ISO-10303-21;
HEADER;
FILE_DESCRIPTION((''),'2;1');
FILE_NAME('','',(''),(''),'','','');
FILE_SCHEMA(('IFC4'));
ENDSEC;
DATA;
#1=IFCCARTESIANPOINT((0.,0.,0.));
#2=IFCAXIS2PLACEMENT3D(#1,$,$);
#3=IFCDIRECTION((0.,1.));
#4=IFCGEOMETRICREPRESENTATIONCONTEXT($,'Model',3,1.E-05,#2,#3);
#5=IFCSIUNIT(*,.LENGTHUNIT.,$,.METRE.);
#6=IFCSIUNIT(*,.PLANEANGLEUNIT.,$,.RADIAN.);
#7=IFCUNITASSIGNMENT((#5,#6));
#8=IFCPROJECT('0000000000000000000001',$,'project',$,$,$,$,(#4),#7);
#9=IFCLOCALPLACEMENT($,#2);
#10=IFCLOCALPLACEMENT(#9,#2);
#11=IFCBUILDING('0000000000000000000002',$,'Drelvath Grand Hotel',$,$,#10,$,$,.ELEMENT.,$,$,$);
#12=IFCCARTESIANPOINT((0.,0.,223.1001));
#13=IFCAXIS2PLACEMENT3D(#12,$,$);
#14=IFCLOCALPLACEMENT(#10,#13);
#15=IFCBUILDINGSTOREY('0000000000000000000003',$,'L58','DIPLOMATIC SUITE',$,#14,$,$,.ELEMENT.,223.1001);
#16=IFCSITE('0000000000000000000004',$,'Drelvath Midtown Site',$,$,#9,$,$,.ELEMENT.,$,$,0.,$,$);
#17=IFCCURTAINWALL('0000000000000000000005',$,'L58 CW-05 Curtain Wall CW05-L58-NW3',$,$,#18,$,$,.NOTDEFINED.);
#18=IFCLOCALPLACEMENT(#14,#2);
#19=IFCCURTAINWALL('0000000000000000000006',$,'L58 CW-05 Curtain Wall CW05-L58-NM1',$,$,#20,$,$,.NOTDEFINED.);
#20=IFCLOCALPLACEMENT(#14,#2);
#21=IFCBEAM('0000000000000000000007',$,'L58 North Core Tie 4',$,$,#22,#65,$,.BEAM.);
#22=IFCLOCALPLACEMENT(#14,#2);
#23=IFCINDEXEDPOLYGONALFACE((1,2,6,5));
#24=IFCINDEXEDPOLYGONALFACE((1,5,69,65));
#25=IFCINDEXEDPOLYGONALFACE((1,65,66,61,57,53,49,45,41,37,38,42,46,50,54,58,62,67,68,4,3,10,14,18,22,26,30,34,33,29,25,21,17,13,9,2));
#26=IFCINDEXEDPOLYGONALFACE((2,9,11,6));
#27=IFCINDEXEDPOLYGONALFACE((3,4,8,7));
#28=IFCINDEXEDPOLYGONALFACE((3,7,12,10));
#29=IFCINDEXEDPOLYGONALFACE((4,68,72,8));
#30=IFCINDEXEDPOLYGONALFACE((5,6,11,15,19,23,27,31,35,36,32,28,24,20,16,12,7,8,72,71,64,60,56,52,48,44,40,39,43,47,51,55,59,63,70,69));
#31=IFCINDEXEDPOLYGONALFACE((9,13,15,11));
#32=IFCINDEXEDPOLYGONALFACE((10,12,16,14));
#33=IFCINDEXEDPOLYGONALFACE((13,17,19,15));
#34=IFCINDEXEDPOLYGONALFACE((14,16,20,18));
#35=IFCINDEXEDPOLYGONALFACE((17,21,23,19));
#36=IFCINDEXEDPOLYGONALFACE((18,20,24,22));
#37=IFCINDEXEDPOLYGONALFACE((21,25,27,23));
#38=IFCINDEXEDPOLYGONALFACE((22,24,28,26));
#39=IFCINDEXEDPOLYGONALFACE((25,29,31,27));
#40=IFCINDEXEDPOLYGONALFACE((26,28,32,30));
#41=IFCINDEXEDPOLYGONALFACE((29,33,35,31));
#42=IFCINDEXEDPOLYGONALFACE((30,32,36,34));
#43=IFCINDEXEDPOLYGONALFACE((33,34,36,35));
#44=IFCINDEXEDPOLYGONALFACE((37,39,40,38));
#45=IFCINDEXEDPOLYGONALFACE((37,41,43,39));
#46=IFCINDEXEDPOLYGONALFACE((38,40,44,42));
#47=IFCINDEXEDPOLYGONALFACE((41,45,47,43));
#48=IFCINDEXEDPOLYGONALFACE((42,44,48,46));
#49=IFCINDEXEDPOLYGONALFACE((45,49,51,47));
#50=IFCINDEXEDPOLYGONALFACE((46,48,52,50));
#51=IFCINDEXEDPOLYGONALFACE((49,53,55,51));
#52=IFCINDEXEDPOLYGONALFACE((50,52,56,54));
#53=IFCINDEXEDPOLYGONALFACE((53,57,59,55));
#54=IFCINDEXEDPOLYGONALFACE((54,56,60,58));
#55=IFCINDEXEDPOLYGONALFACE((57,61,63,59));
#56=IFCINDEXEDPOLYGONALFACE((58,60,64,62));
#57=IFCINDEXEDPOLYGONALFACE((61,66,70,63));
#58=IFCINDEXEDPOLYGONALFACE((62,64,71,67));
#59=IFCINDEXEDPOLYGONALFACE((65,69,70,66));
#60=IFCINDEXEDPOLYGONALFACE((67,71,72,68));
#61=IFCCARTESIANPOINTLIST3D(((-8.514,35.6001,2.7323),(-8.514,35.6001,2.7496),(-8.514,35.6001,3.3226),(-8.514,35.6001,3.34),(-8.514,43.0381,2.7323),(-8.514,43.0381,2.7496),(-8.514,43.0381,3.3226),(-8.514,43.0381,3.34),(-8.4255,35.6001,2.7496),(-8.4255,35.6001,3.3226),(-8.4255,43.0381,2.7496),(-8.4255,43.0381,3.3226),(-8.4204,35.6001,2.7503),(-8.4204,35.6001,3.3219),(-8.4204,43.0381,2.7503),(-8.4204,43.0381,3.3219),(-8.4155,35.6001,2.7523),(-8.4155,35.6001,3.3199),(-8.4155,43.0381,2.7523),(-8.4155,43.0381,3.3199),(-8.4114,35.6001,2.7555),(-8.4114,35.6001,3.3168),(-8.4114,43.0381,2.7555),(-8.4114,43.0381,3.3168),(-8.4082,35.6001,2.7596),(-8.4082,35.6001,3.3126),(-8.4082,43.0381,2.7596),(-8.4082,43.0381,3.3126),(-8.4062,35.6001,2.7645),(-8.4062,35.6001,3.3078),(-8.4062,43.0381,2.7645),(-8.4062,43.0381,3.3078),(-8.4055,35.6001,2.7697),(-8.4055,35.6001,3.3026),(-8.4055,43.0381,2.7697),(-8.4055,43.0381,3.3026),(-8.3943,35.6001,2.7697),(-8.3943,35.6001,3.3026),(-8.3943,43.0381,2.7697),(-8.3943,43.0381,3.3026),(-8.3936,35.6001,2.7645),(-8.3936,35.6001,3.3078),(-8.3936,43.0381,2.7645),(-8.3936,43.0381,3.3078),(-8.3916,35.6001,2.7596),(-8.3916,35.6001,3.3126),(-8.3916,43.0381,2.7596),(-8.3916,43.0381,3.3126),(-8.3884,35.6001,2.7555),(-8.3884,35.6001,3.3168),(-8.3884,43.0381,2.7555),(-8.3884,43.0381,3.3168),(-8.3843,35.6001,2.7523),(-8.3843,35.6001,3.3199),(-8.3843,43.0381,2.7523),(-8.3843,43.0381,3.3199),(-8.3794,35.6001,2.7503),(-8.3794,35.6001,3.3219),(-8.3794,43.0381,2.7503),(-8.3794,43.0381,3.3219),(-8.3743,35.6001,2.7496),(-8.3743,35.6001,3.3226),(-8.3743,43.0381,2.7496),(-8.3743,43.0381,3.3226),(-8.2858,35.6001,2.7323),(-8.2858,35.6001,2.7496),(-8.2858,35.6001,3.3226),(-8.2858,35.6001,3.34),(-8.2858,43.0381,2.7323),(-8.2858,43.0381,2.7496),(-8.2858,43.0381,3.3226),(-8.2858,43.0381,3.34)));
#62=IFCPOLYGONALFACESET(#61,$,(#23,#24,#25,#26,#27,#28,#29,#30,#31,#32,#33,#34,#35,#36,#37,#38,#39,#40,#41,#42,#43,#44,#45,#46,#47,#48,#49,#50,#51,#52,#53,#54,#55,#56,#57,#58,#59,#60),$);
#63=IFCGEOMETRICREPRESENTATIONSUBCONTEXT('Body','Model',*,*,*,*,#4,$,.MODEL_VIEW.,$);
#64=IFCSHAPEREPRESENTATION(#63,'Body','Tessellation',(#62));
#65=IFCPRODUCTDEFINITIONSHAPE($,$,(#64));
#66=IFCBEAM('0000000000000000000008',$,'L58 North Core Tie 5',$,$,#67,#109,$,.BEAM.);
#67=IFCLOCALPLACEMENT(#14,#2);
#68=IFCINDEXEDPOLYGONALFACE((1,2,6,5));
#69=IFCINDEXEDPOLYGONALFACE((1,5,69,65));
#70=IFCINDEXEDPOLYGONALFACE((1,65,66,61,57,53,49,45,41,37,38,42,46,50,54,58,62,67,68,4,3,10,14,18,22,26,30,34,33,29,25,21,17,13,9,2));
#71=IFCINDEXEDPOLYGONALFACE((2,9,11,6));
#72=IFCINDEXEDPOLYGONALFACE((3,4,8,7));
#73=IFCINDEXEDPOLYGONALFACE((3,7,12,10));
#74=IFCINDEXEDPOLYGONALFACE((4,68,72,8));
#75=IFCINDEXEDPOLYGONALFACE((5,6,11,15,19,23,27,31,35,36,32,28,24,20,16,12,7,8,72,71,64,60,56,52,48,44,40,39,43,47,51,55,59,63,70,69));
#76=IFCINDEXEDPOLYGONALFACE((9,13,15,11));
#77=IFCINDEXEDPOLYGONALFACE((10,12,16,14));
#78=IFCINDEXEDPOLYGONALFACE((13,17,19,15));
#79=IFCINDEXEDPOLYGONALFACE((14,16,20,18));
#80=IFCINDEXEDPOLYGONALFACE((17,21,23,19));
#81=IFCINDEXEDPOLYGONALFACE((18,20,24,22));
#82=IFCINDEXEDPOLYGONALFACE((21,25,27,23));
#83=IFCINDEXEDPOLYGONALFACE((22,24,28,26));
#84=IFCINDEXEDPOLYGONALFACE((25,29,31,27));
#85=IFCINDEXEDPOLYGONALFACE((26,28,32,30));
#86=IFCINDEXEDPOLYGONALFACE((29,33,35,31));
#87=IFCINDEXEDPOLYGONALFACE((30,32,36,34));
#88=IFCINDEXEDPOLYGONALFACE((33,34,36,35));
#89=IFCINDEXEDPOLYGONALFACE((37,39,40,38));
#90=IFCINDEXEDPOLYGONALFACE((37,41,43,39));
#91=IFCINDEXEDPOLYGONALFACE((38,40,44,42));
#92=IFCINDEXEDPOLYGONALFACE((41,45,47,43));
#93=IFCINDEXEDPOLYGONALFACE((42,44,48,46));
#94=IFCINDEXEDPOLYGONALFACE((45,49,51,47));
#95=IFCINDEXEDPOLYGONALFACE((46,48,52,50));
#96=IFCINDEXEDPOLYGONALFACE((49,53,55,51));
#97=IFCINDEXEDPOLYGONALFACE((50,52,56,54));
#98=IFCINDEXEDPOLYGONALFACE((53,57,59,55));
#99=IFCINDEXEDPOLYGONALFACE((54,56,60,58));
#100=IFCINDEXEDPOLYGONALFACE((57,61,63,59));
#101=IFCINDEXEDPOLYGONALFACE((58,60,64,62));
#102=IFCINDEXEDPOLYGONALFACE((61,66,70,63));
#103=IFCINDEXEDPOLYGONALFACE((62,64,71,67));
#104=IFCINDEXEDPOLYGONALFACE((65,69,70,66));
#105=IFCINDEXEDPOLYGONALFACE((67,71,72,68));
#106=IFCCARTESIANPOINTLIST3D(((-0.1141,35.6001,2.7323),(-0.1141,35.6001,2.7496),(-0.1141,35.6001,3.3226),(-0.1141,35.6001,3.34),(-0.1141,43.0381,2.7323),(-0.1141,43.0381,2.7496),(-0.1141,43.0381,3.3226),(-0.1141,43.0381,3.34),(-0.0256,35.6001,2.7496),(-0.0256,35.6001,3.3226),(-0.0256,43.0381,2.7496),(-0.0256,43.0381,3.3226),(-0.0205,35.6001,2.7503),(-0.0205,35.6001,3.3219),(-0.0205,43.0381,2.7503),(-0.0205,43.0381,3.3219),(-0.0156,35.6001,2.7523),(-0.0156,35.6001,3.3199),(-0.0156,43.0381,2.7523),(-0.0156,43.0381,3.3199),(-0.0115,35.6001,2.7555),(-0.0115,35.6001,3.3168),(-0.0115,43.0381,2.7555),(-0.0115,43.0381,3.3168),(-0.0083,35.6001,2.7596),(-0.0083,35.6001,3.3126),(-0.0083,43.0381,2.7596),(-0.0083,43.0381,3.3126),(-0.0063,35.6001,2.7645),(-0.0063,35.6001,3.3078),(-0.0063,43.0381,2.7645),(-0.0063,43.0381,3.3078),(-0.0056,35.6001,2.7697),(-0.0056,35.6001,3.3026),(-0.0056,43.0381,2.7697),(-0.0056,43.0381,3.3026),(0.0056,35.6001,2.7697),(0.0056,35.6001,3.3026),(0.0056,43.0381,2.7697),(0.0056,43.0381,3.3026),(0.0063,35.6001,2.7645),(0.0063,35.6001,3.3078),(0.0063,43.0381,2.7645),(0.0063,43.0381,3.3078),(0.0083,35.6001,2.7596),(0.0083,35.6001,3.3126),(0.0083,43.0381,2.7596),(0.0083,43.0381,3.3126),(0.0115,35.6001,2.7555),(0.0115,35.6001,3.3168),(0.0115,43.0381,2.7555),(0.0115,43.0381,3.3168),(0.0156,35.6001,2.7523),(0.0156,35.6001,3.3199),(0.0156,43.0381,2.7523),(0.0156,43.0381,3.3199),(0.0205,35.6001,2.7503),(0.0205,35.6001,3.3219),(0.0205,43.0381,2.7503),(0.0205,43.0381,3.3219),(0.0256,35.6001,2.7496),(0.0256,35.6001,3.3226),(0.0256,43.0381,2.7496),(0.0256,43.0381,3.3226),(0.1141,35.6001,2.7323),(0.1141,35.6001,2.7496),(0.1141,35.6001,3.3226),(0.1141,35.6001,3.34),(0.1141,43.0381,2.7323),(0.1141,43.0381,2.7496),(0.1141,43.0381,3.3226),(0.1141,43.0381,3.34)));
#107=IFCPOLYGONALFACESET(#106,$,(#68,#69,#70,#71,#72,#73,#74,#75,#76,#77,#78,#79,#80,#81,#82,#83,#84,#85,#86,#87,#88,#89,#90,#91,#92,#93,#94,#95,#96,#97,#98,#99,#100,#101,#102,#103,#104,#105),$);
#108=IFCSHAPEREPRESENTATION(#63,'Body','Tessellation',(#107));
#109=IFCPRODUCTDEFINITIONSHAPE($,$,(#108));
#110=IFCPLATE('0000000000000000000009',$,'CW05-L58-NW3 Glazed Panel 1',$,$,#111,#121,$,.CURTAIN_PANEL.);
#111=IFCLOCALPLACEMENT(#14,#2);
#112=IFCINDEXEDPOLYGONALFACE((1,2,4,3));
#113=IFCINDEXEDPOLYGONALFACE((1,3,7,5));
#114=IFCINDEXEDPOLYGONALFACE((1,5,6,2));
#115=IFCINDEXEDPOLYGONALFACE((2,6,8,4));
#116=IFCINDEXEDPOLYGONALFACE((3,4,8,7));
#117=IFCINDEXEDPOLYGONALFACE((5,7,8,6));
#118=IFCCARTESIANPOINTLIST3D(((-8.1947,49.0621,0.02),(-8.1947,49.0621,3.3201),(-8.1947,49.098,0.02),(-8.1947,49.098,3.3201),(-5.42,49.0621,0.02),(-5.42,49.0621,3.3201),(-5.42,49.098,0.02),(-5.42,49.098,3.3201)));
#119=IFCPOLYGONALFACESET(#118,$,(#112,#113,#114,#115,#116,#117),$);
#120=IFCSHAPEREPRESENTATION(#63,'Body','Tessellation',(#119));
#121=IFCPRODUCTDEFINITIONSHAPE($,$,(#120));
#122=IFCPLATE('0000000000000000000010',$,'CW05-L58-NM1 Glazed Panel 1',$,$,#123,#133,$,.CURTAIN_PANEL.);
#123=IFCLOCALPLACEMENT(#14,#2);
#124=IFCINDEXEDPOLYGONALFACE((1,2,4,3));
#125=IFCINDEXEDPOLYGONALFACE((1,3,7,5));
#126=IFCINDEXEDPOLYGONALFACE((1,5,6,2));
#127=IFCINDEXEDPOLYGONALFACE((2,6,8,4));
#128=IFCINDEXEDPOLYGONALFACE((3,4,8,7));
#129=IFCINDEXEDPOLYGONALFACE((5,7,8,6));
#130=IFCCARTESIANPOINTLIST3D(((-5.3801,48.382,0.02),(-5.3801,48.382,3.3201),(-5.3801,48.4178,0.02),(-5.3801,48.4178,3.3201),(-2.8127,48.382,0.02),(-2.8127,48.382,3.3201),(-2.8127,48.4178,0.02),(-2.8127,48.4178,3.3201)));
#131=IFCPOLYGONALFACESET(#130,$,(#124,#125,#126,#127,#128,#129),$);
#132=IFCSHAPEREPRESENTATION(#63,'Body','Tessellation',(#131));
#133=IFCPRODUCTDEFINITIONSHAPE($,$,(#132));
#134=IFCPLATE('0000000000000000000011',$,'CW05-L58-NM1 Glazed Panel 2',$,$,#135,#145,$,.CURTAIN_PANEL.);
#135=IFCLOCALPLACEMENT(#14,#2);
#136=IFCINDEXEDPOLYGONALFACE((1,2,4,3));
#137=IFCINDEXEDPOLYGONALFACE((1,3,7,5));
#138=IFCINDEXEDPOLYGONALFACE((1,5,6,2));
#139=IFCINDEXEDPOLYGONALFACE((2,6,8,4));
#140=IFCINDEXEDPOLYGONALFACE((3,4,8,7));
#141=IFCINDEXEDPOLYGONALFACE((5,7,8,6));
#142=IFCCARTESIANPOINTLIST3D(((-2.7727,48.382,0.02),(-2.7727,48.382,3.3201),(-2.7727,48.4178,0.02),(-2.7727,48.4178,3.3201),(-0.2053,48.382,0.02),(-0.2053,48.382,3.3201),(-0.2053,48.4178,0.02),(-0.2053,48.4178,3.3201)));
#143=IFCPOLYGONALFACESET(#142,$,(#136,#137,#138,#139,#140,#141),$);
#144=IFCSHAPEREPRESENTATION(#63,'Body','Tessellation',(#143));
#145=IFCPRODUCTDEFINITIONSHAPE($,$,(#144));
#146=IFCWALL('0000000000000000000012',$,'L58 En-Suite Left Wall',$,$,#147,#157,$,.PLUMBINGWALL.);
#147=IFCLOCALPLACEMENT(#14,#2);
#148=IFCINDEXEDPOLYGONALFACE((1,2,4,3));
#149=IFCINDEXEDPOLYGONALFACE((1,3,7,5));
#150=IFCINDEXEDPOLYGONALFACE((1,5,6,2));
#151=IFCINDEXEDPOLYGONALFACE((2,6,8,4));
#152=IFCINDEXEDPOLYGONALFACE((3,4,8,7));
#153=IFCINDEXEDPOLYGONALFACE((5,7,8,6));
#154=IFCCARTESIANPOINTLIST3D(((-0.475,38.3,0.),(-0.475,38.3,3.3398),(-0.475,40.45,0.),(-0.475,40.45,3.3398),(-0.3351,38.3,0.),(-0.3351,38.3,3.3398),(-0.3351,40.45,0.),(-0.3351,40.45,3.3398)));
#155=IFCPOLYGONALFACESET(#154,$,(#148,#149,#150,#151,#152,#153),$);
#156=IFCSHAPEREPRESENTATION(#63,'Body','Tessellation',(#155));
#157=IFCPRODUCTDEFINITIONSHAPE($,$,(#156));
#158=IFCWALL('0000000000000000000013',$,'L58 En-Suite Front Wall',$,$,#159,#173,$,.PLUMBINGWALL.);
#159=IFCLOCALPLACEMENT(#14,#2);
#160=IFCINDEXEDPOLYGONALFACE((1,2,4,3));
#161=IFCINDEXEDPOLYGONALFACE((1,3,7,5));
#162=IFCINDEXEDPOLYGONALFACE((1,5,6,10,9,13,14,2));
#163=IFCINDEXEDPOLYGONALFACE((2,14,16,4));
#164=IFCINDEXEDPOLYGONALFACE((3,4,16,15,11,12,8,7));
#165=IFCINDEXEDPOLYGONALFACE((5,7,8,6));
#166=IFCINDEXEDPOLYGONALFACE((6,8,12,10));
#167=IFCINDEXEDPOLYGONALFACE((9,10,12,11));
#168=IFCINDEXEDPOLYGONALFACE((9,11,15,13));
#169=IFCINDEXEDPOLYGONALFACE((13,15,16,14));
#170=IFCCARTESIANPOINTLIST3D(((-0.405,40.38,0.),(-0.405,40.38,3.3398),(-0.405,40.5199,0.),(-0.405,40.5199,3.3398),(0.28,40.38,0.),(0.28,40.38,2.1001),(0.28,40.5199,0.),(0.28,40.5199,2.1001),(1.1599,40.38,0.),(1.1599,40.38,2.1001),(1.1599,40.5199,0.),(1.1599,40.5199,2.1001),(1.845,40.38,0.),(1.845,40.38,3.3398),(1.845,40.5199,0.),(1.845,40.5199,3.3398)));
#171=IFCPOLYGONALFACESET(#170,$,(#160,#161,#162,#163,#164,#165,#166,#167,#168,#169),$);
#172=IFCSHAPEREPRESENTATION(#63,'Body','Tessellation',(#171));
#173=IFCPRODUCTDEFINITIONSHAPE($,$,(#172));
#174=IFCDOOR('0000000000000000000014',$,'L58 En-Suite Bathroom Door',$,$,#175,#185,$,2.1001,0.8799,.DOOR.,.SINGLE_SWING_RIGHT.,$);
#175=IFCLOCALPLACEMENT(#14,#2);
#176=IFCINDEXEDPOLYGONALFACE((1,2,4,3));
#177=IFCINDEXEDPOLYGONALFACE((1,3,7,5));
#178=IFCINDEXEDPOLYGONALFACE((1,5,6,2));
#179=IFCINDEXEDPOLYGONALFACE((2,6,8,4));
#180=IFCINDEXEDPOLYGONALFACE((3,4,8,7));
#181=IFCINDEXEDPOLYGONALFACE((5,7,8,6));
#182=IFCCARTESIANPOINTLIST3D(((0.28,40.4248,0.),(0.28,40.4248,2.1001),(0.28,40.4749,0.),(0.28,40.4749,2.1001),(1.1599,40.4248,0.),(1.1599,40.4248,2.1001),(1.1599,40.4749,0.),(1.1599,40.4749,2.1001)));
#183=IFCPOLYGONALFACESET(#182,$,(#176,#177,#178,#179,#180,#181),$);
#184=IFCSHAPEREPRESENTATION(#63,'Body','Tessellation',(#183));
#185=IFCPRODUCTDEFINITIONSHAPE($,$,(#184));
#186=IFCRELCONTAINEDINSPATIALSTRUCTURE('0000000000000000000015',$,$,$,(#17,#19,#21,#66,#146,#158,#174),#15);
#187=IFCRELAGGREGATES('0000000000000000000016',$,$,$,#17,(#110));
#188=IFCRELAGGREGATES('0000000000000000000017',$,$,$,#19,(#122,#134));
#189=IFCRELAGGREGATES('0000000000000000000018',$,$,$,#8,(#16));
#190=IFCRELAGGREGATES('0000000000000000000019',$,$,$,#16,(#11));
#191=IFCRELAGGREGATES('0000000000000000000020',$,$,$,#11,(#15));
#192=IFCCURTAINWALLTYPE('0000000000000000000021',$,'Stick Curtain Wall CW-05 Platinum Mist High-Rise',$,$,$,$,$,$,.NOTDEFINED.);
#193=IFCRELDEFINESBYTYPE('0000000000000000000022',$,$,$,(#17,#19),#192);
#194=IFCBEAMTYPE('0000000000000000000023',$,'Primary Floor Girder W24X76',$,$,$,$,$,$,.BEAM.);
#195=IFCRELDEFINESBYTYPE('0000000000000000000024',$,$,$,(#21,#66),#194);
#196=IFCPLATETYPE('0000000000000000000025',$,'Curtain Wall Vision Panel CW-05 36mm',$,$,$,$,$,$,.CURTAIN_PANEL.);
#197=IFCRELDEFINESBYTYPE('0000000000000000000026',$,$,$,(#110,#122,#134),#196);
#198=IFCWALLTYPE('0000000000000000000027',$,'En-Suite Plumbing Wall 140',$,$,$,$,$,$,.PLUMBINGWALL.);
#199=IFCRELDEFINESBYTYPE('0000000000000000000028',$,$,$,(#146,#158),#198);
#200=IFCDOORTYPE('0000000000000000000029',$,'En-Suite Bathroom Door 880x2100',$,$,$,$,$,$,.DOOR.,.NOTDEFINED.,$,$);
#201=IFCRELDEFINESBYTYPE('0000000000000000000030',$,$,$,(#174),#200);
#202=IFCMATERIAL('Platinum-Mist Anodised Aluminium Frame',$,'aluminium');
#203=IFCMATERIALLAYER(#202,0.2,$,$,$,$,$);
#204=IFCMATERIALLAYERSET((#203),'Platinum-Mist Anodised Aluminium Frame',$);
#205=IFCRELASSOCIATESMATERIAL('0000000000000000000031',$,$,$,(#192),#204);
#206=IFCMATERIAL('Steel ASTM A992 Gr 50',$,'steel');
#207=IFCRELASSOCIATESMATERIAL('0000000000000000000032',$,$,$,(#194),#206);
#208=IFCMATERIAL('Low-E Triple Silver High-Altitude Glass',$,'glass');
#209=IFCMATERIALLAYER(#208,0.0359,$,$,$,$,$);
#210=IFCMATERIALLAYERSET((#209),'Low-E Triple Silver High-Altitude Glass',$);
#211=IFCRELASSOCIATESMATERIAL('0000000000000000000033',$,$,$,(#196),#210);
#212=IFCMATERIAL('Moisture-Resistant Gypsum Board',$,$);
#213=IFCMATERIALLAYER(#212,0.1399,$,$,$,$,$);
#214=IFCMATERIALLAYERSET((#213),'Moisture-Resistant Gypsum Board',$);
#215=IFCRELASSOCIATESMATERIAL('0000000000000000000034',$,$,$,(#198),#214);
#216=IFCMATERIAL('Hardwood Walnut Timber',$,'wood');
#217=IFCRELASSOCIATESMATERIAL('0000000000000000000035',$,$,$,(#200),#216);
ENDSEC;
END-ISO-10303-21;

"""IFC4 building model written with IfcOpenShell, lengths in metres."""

from ifc_helpers import new_model, si_unit, direction, frame, frame_2d, origin, origin_2d, place, context, subcontext, project, spatial, rectangle, i_section, extrude, material, layer, layer_set, material_profile, profile_set, type_object, element, fill, aggregate, save


model = new_model("IFC4")

# Units and contexts
model_context = context("Model", 3, precision=1e-05, world=origin(), true_north=direction((0.0, 1.0)))
body_context = subcontext(model_context, "Body", "Model", "MODEL_VIEW")
ifc_project = project(units=[si_unit("LENGTHUNIT", "METRE"), si_unit("PLANEANGLEUNIT", "RADIAN")], contexts=[model_context])

# Site, building, storey
site_placement = place(None, origin())
site = spatial("IfcSite", under=ifc_project, at=site_placement, Name="Drelvath Midtown Site", CompositionType="ELEMENT", RefElevation=0.0)
building_placement = place(site_placement, origin())
building = spatial("IfcBuilding", under=site, at=building_placement, Name="Drelvath Grand Hotel", CompositionType="ELEMENT")
storey_placement = place(building_placement, frame((0.0, 0.0, 223.1001)))
storey = spatial("IfcBuildingStorey", under=building, at=storey_placement, Name="L58", Description="DIPLOMATIC SUITE", CompositionType="ELEMENT", Elevation=223.1001)

# Curtain walls
ifc_material_1 = material(Name="Platinum-Mist Anodised Aluminium Frame", Category="aluminium")
ifc_layer_1 = layer(ifc_material_1, 0.2)
ifc_layer_set_1 = layer_set([ifc_layer_1], Name="Platinum-Mist Anodised Aluminium Frame")
curtain_wall_type = type_object("IfcCurtainWallType", Name="Stick Curtain Wall CW-05 Platinum Mist High-Rise", PredefinedType="NOTDEFINED", material=ifc_layer_set_1)
curtain_wall_1_placement = place(storey_placement, origin())
curtain_wall_1 = element("IfcCurtainWall", 1, at=curtain_wall_1_placement, inside=storey, type_object=curtain_wall_type, Name="L58 CW-05 Curtain Wall CW05-L58-NW3", PredefinedType="NOTDEFINED")
curtain_wall_2_placement = place(storey_placement, origin())
curtain_wall_2 = element("IfcCurtainWall", 2, at=curtain_wall_2_placement, inside=storey, type_object=curtain_wall_type, Name="L58 CW-05 Curtain Wall CW05-L58-NM1", PredefinedType="NOTDEFINED")

# Beams
ifc_material_2 = material(Name="Steel ASTM A992 Gr 50", Category="steel")
ifc_material_profile_1 = material_profile(ifc_material_2, i_section(OverallWidth=0.2283, OverallDepth=0.6077, WebThickness=0.0112, FlangeThickness=0.0173, FilletRadius=0.02, at=origin_2d()), Name="W24X76")
ifc_profile_set_1 = profile_set([ifc_material_profile_1], Name="Steel ASTM A992 Gr 50")
beam_type_1 = type_object("IfcBeamType", Name="Primary Floor Girder W24X76", PredefinedType="BEAM", material=ifc_profile_set_1)
for number, where, z_axis, x_axis, name in (
    (3, (-8.3999, 35.6001, 3.0361), (0.0, 1.0, 0.0), (-1.0, 0.0, 0.0), "L58 North Core Tie 4"),
    (4, (0.0, 35.6001, 3.0361), (0.0, 1.0, 0.0), (-1.0, 0.0, 0.0), "L58 North Core Tie 5"),
):
    element("IfcBeam", number, at=place(storey_placement, frame(where, z_axis=z_axis, x_axis=x_axis)), inside=storey, type_object=beam_type_1, Name=name, PredefinedType="BEAM", context=body_context, shape_type="SweptSolid", body=[
        extrude(i_section(OverallWidth=0.2283, OverallDepth=0.6077, WebThickness=0.0112, FlangeThickness=0.0173, FilletRadius=0.02, at=origin_2d()), origin(), (0.0, 0.0, 1.0), 7.438),
    ])

# Plates
ifc_material_3 = material(Name="Low-E Triple Silver High-Altitude Glass", Category="glass")
ifc_layer_2 = layer(ifc_material_3, 0.0359)
ifc_layer_set_2 = layer_set([ifc_layer_2], Name="Low-E Triple Silver High-Altitude Glass")
plate_type = type_object("IfcPlateType", Name="Curtain Wall Vision Panel CW-05 36mm", PredefinedType="CURTAIN_PANEL", material=ifc_layer_set_2)
plate_1_placement = place(storey_placement, frame((-6.8074, 49.0801, 0.02), z_axis=(0.0, 0.0, 1.0), x_axis=(1.0, 0.0, 0.0)))
plate_1 = element("IfcPlate", 5, at=plate_1_placement, type_object=plate_type, Name="CW05-L58-NW3 Glazed Panel 1", PredefinedType="CURTAIN_PANEL", context=body_context, shape_type="SweptSolid", body=[
    extrude(rectangle(XDim=2.7747, YDim=0.0359, at=origin_2d()), origin(), (0.0, 0.0, 1.0), 3.3),
])
aggregate(curtain_wall_1, [plate_1])
plate_2_placement = place(storey_placement, frame((-4.0964, 48.3999, 0.02), z_axis=(0.0, 0.0, 1.0), x_axis=(1.0, 0.0, 0.0)))
plate_2 = element("IfcPlate", 6, at=plate_2_placement, type_object=plate_type, Name="CW05-L58-NM1 Glazed Panel 1", PredefinedType="CURTAIN_PANEL", context=body_context, shape_type="SweptSolid", body=[
    extrude(rectangle(XDim=2.5674, YDim=0.0359, at=origin_2d()), origin(), (0.0, 0.0, 1.0), 3.3),
])
plate_3_placement = place(storey_placement, frame((-1.489, 48.3999, 0.02), z_axis=(0.0, 0.0, 1.0), x_axis=(1.0, 0.0, 0.0)))
plate_3 = element("IfcPlate", 7, at=plate_3_placement, type_object=plate_type, Name="CW05-L58-NM1 Glazed Panel 2", PredefinedType="CURTAIN_PANEL", context=body_context, shape_type="SweptSolid", body=[
    extrude(rectangle(XDim=2.5674, YDim=0.0359, at=origin_2d()), origin(), (0.0, 0.0, 1.0), 3.3),
])
aggregate(curtain_wall_2, [plate_2, plate_3])

# Wall
ifc_material_4 = material(Name="Moisture-Resistant Gypsum Board")
ifc_layer_3 = layer(ifc_material_4, 0.1399)
ifc_layer_set_3 = layer_set([ifc_layer_3], Name="Moisture-Resistant Gypsum Board")
wall_type_1 = type_object("IfcWallType", Name="En-Suite Plumbing Wall 140", PredefinedType="PLUMBINGWALL", material=ifc_layer_set_3)
wall_1_placement = place(storey_placement, frame((-0.405, 38.3, 0.0), z_axis=(0.0, 0.0, 1.0), x_axis=(0.0, 1.0, 0.0)))
element("IfcWall", 8, at=wall_1_placement, inside=storey, type_object=wall_type_1, Name="L58 En-Suite Left Wall", PredefinedType="PLUMBINGWALL", context=body_context, shape_type="SweptSolid", body=[
    extrude(rectangle(XDim=2.1499, YDim=0.1399, at=frame_2d((1.075, 0.0))), origin(), (0.0, 0.0, 1.0), 3.3398),
])

# Wall, opening, door
wall_2_placement = place(storey_placement, frame((-0.405, 40.45, 0.0), z_axis=(0.0, 0.0, 1.0), x_axis=(1.0, 0.0, 0.0)))
wall_2 = element("IfcWall", 9, at=wall_2_placement, inside=storey, type_object=wall_type_1, Name="L58 En-Suite Front Wall", PredefinedType="PLUMBINGWALL", context=body_context, shape_type="SweptSolid", body=[
    extrude(rectangle(XDim=2.25, YDim=0.1399, at=frame_2d((1.125, 0.0))), origin(), (0.0, 0.0, 1.0), 3.3398),
])
opening_placement = place(wall_2_placement, frame((0.6851, 0.0, 0.0)))
opening = element("IfcOpeningElement", 10, at=opening_placement, cuts=wall_2, PredefinedType="OPENING", context=body_context, shape_type="SweptSolid", body=[
    extrude(rectangle(XDim=0.8799, YDim=2.1001, at=frame_2d((0.4399, 1.05))), frame((0.0, 0.0798, 0.0), z_axis=(0.0, -1.0, 0.0), x_axis=(1.0, 0.0, 0.0)), (0.0, 0.0, 1.0), 0.1599),
])
ifc_material_5 = material(Name="Hardwood Walnut Timber", Category="wood")
door_type = type_object("IfcDoorType", Name="En-Suite Bathroom Door 880x2100", OperationType="NOTDEFINED", PredefinedType="DOOR", material=ifc_material_5)
door_placement = place(opening_placement, origin())
door = element("IfcDoor", 11, at=door_placement, inside=storey, type_object=door_type, Name="L58 En-Suite Bathroom Door", OperationType="SINGLE_SWING_RIGHT", OverallHeight=2.1001, OverallWidth=0.8799, PredefinedType="DOOR", context=body_context, shape_type="SweptSolid", body=[
    extrude(rectangle(XDim=0.8799, YDim=2.1001, at=frame_2d((0.4399, 1.05))), frame((0.0, 0.0249, 0.0), z_axis=(0.0, -1.0, 0.0), x_axis=(1.0, 0.0, 0.0)), (0.0, 0.0, 1.0), 0.05),
])
fill(opening, door)

save(model, "model.ifc")
